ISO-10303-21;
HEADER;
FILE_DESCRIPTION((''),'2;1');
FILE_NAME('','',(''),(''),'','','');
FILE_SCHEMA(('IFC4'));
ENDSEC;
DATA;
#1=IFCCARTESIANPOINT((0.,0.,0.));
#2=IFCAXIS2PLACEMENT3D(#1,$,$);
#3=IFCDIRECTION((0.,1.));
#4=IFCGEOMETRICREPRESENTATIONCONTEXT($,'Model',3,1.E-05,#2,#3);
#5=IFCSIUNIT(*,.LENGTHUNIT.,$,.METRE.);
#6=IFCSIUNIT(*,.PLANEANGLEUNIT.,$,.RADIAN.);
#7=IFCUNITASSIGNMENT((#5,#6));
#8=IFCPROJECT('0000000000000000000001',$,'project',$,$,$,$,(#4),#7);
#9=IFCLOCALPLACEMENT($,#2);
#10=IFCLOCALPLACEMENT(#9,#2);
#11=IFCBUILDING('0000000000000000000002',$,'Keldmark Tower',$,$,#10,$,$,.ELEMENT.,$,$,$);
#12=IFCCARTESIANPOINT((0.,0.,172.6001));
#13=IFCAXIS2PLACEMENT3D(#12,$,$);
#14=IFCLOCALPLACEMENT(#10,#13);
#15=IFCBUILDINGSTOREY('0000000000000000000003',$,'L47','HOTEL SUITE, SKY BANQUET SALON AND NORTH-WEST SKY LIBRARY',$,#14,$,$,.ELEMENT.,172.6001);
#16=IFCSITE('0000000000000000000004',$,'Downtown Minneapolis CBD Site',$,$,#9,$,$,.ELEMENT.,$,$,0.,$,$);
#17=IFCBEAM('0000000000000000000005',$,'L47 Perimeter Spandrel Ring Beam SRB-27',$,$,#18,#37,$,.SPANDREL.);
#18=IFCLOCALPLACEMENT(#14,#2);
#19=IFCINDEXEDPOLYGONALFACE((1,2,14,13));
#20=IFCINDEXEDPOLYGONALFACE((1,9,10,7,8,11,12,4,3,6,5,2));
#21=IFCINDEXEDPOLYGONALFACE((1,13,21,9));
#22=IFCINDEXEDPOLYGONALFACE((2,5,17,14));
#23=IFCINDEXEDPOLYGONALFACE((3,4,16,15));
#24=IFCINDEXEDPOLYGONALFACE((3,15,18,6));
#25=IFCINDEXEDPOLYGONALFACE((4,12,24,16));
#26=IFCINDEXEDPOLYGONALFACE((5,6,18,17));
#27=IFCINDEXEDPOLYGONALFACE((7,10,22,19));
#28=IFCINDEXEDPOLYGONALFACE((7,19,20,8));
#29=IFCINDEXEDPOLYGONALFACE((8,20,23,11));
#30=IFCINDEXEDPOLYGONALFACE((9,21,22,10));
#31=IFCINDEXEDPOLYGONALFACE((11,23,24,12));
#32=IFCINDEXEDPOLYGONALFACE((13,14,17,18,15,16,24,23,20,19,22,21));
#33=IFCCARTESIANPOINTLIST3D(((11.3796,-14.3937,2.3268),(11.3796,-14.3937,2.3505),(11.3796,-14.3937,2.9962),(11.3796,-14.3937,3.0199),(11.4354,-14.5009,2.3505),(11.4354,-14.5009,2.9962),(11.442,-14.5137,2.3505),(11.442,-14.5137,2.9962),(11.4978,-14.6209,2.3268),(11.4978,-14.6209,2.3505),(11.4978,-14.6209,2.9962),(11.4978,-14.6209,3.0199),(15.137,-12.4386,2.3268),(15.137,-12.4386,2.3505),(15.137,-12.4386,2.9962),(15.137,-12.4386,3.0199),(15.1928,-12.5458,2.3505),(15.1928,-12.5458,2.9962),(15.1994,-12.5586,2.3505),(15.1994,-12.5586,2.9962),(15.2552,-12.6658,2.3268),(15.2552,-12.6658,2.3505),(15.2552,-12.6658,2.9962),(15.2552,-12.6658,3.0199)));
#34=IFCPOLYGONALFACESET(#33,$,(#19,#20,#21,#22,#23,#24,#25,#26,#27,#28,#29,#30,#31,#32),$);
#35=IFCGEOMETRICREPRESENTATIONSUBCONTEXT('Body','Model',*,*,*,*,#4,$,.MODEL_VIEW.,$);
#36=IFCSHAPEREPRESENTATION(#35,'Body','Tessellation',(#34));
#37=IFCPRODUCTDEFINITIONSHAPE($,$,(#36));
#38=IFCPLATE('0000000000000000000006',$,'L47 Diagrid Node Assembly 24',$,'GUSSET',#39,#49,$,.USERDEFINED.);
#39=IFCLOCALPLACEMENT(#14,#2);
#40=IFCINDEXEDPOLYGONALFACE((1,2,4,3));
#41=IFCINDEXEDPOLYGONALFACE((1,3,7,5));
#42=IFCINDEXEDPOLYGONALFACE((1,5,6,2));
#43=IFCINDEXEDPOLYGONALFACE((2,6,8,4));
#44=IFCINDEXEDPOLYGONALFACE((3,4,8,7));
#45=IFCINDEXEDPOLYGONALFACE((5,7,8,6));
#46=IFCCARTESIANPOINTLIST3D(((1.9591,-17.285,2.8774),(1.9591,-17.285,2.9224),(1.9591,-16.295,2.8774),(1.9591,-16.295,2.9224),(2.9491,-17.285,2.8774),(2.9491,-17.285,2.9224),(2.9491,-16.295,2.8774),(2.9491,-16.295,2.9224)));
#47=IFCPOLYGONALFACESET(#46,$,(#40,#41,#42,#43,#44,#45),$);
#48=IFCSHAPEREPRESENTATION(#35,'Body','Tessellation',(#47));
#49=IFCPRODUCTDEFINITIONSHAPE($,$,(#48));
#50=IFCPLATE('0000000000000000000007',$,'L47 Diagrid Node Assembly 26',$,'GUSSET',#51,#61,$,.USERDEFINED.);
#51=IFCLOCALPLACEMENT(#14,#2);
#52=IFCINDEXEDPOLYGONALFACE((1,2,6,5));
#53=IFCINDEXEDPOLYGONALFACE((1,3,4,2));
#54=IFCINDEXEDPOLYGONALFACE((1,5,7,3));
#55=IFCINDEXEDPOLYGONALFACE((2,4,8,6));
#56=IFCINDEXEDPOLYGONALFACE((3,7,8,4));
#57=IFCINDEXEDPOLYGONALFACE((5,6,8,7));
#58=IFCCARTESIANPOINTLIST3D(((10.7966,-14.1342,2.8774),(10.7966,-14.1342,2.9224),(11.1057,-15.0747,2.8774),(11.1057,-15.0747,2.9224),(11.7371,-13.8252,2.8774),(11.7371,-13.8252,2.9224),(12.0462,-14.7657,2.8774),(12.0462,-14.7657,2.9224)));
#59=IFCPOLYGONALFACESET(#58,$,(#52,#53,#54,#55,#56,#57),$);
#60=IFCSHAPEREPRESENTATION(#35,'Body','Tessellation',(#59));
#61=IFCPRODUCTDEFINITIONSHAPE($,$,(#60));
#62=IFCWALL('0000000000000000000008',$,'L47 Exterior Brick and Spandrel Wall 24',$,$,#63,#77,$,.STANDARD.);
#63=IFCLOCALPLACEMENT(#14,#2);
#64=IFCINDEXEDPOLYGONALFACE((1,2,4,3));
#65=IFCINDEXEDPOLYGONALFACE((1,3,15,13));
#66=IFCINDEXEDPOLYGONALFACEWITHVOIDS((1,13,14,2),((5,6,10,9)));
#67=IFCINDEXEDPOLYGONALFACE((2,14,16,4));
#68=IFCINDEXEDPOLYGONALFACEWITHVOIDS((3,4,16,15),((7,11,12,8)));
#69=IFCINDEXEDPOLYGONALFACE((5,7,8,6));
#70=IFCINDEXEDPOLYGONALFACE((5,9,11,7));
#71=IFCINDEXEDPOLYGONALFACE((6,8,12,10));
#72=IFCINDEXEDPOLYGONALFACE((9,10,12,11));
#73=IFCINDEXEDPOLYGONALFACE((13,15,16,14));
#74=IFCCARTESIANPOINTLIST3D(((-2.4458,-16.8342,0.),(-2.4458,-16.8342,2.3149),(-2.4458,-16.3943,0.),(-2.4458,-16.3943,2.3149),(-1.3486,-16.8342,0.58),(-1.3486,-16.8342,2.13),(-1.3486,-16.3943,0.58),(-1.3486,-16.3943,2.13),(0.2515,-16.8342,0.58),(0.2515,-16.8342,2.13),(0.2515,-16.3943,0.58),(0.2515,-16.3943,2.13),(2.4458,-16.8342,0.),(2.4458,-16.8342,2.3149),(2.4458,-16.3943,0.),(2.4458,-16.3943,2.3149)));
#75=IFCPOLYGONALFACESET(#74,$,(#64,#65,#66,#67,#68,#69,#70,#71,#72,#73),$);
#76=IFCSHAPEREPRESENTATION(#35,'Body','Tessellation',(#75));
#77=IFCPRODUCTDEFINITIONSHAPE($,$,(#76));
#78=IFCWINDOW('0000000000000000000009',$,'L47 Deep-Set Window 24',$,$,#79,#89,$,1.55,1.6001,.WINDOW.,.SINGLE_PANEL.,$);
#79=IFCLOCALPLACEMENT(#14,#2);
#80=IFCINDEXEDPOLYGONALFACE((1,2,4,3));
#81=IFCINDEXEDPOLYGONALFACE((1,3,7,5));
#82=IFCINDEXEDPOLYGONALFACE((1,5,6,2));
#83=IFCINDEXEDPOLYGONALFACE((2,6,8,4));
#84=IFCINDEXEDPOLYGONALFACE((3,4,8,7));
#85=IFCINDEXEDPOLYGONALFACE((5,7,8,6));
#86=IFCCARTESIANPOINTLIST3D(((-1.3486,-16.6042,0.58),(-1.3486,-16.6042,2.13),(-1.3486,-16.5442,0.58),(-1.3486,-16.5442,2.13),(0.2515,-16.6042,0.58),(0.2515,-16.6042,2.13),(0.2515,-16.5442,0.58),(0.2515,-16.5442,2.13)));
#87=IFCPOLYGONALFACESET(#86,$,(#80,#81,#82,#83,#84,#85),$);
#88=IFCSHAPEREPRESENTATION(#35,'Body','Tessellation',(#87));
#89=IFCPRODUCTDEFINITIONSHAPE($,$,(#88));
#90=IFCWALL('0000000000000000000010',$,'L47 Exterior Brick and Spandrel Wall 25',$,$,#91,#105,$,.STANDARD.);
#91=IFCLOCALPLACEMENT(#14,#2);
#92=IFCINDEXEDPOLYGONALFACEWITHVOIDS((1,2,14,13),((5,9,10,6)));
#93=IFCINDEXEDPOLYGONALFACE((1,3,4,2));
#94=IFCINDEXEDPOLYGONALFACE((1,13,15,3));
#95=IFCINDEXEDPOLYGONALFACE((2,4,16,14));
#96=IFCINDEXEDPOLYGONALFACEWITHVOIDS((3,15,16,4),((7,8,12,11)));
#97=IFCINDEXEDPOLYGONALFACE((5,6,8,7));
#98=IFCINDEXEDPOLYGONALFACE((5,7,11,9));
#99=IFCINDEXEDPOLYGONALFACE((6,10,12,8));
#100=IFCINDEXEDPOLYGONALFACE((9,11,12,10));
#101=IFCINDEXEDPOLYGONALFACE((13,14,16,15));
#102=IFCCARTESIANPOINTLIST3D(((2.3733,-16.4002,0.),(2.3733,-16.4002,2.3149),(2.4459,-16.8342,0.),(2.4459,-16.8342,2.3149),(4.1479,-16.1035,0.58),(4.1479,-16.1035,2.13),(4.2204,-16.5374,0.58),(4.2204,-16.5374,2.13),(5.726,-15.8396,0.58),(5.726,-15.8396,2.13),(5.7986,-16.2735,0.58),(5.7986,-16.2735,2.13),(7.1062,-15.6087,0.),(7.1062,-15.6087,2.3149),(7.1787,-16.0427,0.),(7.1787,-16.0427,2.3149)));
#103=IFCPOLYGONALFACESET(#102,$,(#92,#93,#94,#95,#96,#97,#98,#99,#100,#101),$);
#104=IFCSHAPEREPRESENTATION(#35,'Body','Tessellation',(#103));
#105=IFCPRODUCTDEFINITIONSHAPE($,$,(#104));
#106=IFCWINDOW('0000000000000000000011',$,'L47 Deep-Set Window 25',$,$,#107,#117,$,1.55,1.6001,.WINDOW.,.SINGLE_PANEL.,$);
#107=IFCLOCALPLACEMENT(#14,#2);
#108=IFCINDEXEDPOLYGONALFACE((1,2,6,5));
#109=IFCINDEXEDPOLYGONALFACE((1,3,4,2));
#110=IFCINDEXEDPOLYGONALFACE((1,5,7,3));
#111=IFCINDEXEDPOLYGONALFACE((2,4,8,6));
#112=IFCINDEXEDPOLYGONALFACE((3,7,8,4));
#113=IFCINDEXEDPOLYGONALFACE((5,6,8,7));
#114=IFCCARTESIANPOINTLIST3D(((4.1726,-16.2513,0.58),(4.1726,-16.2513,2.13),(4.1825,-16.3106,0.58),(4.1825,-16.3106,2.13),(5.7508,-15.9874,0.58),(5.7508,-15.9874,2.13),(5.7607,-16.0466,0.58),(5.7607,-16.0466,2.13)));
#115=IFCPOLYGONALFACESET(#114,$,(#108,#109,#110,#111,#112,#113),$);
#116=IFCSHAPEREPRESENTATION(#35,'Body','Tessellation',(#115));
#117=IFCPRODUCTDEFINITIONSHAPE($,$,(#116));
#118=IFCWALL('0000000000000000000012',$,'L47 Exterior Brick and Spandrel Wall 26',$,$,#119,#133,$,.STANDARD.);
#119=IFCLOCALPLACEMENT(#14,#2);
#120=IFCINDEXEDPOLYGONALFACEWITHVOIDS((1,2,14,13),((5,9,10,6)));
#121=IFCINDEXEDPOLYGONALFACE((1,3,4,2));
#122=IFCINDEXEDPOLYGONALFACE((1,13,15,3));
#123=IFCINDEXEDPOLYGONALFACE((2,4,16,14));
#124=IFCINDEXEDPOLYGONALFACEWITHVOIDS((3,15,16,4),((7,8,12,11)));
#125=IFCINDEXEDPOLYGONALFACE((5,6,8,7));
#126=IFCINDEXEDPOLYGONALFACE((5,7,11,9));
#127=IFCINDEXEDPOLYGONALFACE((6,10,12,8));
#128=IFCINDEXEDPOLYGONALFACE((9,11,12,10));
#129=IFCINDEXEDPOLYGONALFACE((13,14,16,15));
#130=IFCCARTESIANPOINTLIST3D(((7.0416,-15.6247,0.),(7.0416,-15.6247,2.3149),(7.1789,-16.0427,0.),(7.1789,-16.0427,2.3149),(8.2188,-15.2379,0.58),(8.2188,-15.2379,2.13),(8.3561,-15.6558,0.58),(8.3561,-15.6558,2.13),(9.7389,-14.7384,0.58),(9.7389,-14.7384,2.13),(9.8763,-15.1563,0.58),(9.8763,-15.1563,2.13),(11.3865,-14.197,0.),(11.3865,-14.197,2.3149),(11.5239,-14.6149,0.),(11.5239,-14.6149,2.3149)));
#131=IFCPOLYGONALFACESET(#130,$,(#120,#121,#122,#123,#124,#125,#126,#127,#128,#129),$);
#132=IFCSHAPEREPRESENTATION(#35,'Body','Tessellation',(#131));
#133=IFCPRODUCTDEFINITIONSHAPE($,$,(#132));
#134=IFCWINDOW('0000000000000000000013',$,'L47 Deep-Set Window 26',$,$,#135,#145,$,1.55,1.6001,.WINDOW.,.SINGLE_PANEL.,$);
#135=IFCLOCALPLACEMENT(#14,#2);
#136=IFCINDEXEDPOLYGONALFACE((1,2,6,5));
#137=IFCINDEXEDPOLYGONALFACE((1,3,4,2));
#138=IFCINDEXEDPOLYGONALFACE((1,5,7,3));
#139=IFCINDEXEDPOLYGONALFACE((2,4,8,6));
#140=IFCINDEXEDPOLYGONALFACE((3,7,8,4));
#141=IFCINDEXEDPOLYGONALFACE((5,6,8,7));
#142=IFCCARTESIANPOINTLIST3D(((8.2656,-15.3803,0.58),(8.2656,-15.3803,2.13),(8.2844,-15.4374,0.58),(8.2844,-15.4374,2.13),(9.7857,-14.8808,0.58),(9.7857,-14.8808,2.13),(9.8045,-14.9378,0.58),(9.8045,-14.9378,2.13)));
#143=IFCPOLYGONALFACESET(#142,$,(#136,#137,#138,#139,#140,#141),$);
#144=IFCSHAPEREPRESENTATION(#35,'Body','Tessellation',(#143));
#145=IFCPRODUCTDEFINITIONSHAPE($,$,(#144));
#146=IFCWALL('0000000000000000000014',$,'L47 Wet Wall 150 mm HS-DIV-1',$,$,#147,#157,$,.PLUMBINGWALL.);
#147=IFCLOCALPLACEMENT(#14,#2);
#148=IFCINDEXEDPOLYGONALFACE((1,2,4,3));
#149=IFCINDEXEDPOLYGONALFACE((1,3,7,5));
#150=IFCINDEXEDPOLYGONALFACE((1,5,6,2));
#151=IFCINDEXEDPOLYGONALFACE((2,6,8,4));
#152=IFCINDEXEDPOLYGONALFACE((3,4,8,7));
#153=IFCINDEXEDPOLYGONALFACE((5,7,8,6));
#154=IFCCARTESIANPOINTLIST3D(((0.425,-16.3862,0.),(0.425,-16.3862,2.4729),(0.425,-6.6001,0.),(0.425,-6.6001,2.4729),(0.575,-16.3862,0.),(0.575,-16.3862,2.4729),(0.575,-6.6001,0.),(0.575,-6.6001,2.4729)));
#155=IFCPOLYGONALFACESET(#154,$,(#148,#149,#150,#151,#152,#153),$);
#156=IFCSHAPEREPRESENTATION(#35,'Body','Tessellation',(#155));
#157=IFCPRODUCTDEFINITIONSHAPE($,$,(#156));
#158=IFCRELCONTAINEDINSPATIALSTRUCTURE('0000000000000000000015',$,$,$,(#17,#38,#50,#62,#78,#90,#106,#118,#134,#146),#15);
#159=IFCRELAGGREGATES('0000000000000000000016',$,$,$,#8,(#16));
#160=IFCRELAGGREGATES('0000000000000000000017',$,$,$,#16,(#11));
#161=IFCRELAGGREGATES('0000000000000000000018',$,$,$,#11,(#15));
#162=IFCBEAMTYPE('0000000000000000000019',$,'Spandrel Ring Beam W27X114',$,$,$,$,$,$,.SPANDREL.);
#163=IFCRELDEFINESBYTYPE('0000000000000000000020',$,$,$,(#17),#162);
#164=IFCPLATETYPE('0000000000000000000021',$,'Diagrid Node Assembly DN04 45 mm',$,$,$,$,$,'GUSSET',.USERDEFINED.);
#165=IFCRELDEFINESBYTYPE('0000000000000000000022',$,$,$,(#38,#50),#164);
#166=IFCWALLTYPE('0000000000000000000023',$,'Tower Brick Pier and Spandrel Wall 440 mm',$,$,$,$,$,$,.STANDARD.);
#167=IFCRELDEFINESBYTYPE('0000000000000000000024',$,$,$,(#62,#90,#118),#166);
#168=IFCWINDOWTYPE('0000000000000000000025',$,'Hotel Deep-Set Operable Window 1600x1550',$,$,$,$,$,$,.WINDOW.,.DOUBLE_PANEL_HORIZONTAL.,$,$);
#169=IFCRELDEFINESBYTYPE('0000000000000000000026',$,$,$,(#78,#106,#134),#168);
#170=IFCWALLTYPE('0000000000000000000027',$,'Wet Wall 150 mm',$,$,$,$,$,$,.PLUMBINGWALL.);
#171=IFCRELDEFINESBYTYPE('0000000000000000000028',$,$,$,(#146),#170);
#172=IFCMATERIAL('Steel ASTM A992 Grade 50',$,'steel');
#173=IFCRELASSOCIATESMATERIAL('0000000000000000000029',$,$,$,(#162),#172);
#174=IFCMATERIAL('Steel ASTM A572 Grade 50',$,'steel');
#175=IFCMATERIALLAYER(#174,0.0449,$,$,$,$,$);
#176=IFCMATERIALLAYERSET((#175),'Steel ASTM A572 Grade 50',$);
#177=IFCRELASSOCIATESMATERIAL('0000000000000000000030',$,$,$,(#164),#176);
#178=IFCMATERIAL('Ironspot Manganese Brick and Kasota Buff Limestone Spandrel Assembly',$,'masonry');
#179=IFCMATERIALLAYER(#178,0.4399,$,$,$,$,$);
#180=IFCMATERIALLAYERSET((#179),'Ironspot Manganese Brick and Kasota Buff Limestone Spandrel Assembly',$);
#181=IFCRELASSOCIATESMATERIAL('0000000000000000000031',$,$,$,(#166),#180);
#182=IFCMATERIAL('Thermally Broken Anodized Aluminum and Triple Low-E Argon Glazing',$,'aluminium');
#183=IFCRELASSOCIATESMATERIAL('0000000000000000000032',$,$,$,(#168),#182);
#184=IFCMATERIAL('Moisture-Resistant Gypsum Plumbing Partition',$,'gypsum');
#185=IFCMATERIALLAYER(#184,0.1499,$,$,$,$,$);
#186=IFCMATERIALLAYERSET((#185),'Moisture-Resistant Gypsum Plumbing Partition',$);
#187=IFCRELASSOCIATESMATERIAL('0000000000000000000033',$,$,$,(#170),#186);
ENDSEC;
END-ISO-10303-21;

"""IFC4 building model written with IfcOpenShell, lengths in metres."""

from ifc_helpers import new_model, si_unit, direction, frame, frame_2d, origin, origin_2d, place, context, subcontext, project, spatial, rectangle, i_section, extrude, material, layer, layer_set, material_profile, profile_set, type_object, element, fill, save


model = new_model("IFC4")

# Units and contexts
model_context = context("Model", 3, precision=1e-05, world=origin(), true_north=direction((0.0, 1.0)))
body_context = subcontext(model_context, "Body", "Model", "MODEL_VIEW")
ifc_project = project(units=[si_unit("LENGTHUNIT", "METRE"), si_unit("PLANEANGLEUNIT", "RADIAN")], contexts=[model_context])

# Site, building, storey
site_placement = place(None, origin())
site = spatial("IfcSite", under=ifc_project, at=site_placement, Name="Downtown Minneapolis CBD Site", CompositionType="ELEMENT", RefElevation=0.0)
building_placement = place(site_placement, origin())
building = spatial("IfcBuilding", under=site, at=building_placement, Name="Keldmark Tower", CompositionType="ELEMENT")
storey_placement = place(building_placement, frame((0.0, 0.0, 172.6001)))
storey = spatial("IfcBuildingStorey", under=building, at=storey_placement, Name="L47", Description="HOTEL SUITE, SKY BANQUET SALON AND NORTH-WEST SKY LIBRARY", CompositionType="ELEMENT", Elevation=172.6001)

# Beam
ifc_material_1 = material(Name="Steel ASTM A992 Grade 50", Category="steel")
ifc_material_profile_1 = material_profile(ifc_material_1, i_section(OverallWidth=0.2561, OverallDepth=0.6931, WebThickness=0.0144, FlangeThickness=0.0237, at=origin_2d()), Name="W27X114")
ifc_profile_set_1 = profile_set([ifc_material_profile_1], Name="Steel ASTM A992 Grade 50")
beam_type_1 = type_object("IfcBeamType", Name="Spandrel Ring Beam W27X114", PredefinedType="SPANDREL", material=ifc_profile_set_1)
beam_1_placement = place(storey_placement, frame((11.4387, -14.5073, 2.6733), z_axis=(0.887094, 0.461589, 0.0), x_axis=(-0.461589, 0.887094, 0.0)))
element("IfcBeam", 1, at=beam_1_placement, inside=storey, type_object=beam_type_1, Name="L47 Perimeter Spandrel Ring Beam SRB-27", PredefinedType="SPANDREL", context=body_context, shape_type="SweptSolid", body=[
    extrude(i_section(OverallWidth=0.2561, OverallDepth=0.6931, WebThickness=0.0144, FlangeThickness=0.0237, at=origin_2d()), origin(), (0.0, 0.0, 1.0), 4.2356),
])

# Plates
ifc_material_2 = material(Name="Steel ASTM A572 Grade 50", Category="steel")
ifc_layer_1 = layer(ifc_material_2, 0.0449)
ifc_layer_set_1 = layer_set([ifc_layer_1], Name="Steel ASTM A572 Grade 50")
plate_type = type_object("IfcPlateType", Name="Diagrid Node Assembly DN04 45 mm", ElementType="GUSSET", PredefinedType="USERDEFINED", material=ifc_layer_set_1)
for number, where, z_axis, x_axis, name in (
    (2, (2.4541, -16.79, 2.8774), (0.0, 0.0, 1.0), (1.0, 0.0, 0.0), "L47 Diagrid Node Assembly 24"),
    (3, (11.4214, -14.45, 2.8774), (0.0, 0.0, 1.0), (0.950027, 0.312169, 0.0), "L47 Diagrid Node Assembly 26"),
):
    element("IfcPlate", number, at=place(storey_placement, frame(where, z_axis=z_axis, x_axis=x_axis)), inside=storey, type_object=plate_type, Name=name, ObjectType="GUSSET", PredefinedType="USERDEFINED", context=body_context, shape_type="SweptSolid", body=[
        extrude(rectangle(XDim=0.99, YDim=0.99, at=origin_2d()), origin(), (0.0, 0.0, 1.0), 0.0449),
    ])

# Walls, openings, windows
ifc_material_3 = material(Name="Ironspot Manganese Brick and Kasota Buff Limestone Spandrel Assembly", Category="masonry")
ifc_layer_2 = layer(ifc_material_3, 0.4399)
ifc_layer_set_2 = layer_set([ifc_layer_2], Name="Ironspot Manganese Brick and Kasota Buff Limestone Spandrel Assembly")
wall_type_1 = type_object("IfcWallType", Name="Tower Brick Pier and Spandrel Wall 440 mm", PredefinedType="STANDARD", material=ifc_layer_set_2)
wall_1_placement = place(storey_placement, frame((2.4458, -16.6143, 0.0), z_axis=(0.0, 0.0, 1.0), x_axis=(-1.0, 0.0, 0.0)))
wall_1 = element("IfcWall", 4, at=wall_1_placement, inside=storey, type_object=wall_type_1, Name="L47 Exterior Brick and Spandrel Wall 24", PredefinedType="STANDARD", context=body_context, shape_type="SweptSolid", body=[
    extrude(rectangle(XDim=4.8916, YDim=0.4399, at=frame_2d((2.4458, 0.0))), origin(), (0.0, 0.0, 1.0), 2.3149),
])
opening_1_placement = place(wall_1_placement, frame((2.1943, 0.0, 0.5801)))
opening_1 = element("IfcOpeningElement", 5, at=opening_1_placement, cuts=wall_1, PredefinedType="OPENING", context=body_context, shape_type="SweptSolid", body=[
    extrude(rectangle(XDim=1.6001, YDim=1.55, at=frame_2d((0.8, 0.7749))), frame((0.0, 0.23, 0.0), z_axis=(0.0, -1.0, 0.0), x_axis=(1.0, 0.0, 0.0)), (0.0, 0.0, 1.0), 0.46),
])
ifc_material_4 = material(Name="Thermally Broken Anodized Aluminum and Triple Low-E Argon Glazing", Category="aluminium")
window_type = type_object("IfcWindowType", Name="Hotel Deep-Set Operable Window 1600x1550", PartitioningType="DOUBLE_PANEL_HORIZONTAL", PredefinedType="WINDOW", material=ifc_material_4)
window_1_placement = place(opening_1_placement, origin())
window_1 = element("IfcWindow", 6, at=window_1_placement, inside=storey, type_object=window_type, Name="L47 Deep-Set Window 24", OverallHeight=1.55, OverallWidth=1.6001, PartitioningType="SINGLE_PANEL", PredefinedType="WINDOW", context=body_context, shape_type="SweptSolid", body=[
    extrude(rectangle(XDim=1.6001, YDim=1.55, at=frame_2d((0.8, 0.7749))), frame((0.0, -0.01, 0.0), z_axis=(0.0, -1.0, 0.0), x_axis=(1.0, 0.0, 0.0)), (0.0, 0.0, 1.0), 0.0601),
])
fill(opening_1, window_1)
wall_2_placement = place(storey_placement, frame((7.1426, -15.8257, 0.0), z_axis=(0.0, 0.0, 1.0), x_axis=(-0.986303, -0.164943, 0.0)))
wall_2 = element("IfcWall", 7, at=wall_2_placement, inside=storey, type_object=wall_type_1, Name="L47 Exterior Brick and Spandrel Wall 25", PredefinedType="STANDARD", context=body_context, shape_type="SweptSolid", body=[
    extrude(rectangle(XDim=4.7986, YDim=0.4399, at=frame_2d((2.3994, 0.0))), origin(), (0.0, 0.0, 1.0), 2.3149),
])
opening_2_placement = place(wall_2_placement, frame((1.3994, 0.0, 0.5801)))
opening_2 = element("IfcOpeningElement", 8, at=opening_2_placement, cuts=wall_2, PredefinedType="OPENING", context=body_context, shape_type="SweptSolid", body=[
    extrude(rectangle(XDim=1.6001, YDim=1.55, at=frame_2d((0.8, 0.7749))), frame((0.0, 0.23, 0.0), z_axis=(0.0, -1.0, 0.0), x_axis=(1.0, 0.0, 0.0)), (0.0, 0.0, 1.0), 0.46),
])
window_2_placement = place(opening_2_placement, origin())
window_2 = element("IfcWindow", 9, at=window_2_placement, inside=storey, type_object=window_type, Name="L47 Deep-Set Window 25", OverallHeight=1.55, OverallWidth=1.6001, PartitioningType="SINGLE_PANEL", PredefinedType="WINDOW", context=body_context, shape_type="SweptSolid", body=[
    extrude(rectangle(XDim=1.6001, YDim=1.55, at=frame_2d((0.8, 0.7749))), frame((0.0, -0.01, 0.0), z_axis=(0.0, -1.0, 0.0), x_axis=(1.0, 0.0, 0.0)), (0.0, 0.0, 1.0), 0.0601),
])
fill(opening_2, window_2)
wall_3_placement = place(storey_placement, frame((11.4551, -14.406, 0.0), z_axis=(0.0, 0.0, 1.0), x_axis=(-0.950025, -0.312173, 0.0)))
wall_3 = element("IfcWall", 10, at=wall_3_placement, inside=storey, type_object=wall_type_1, Name="L47 Exterior Brick and Spandrel Wall 26", PredefinedType="STANDARD", context=body_context, shape_type="SweptSolid", body=[
    extrude(rectangle(XDim=4.5735, YDim=0.4399, at=frame_2d((2.2866, 0.0))), origin(), (0.0, 0.0, 1.0), 2.3149),
])
opening_3_placement = place(wall_3_placement, frame((1.7341, 0.0, 0.5801)))
opening_3 = element("IfcOpeningElement", 11, at=opening_3_placement, cuts=wall_3, PredefinedType="OPENING", context=body_context, shape_type="SweptSolid", body=[
    extrude(rectangle(XDim=1.6001, YDim=1.55, at=frame_2d((0.8, 0.7749))), frame((0.0, 0.23, 0.0), z_axis=(0.0, -1.0, 0.0), x_axis=(1.0, 0.0, 0.0)), (0.0, 0.0, 1.0), 0.46),
])
window_3_placement = place(opening_3_placement, origin())
window_3 = element("IfcWindow", 12, at=window_3_placement, inside=storey, type_object=window_type, Name="L47 Deep-Set Window 26", OverallHeight=1.55, OverallWidth=1.6001, PartitioningType="SINGLE_PANEL", PredefinedType="WINDOW", context=body_context, shape_type="SweptSolid", body=[
    extrude(rectangle(XDim=1.6001, YDim=1.55, at=frame_2d((0.8, 0.7749))), frame((0.0, -0.01, 0.0), z_axis=(0.0, -1.0, 0.0), x_axis=(1.0, 0.0, 0.0)), (0.0, 0.0, 1.0), 0.0601),
])
fill(opening_3, window_3)

# Wall
ifc_material_5 = material(Name="Moisture-Resistant Gypsum Plumbing Partition", Category="gypsum")
ifc_layer_3 = layer(ifc_material_5, 0.1499)
ifc_layer_set_3 = layer_set([ifc_layer_3], Name="Moisture-Resistant Gypsum Plumbing Partition")
wall_type_2 = type_object("IfcWallType", Name="Wet Wall 150 mm", PredefinedType="PLUMBINGWALL", material=ifc_layer_set_3)
wall_4_placement = place(storey_placement, frame((0.5, -16.3862, 0.0), z_axis=(0.0, 0.0, 1.0), x_axis=(0.0, 1.0, 0.0)))
element("IfcWall", 13, at=wall_4_placement, inside=storey, type_object=wall_type_2, Name="L47 Wet Wall 150 mm HS-DIV-1", PredefinedType="PLUMBINGWALL", context=body_context, shape_type="SweptSolid", body=[
    extrude(rectangle(XDim=9.7861, YDim=0.1499, at=frame_2d((4.8931, 0.0))), origin(), (0.0, 0.0, 1.0), 2.4729),
])

save(model, "model.ifc")
